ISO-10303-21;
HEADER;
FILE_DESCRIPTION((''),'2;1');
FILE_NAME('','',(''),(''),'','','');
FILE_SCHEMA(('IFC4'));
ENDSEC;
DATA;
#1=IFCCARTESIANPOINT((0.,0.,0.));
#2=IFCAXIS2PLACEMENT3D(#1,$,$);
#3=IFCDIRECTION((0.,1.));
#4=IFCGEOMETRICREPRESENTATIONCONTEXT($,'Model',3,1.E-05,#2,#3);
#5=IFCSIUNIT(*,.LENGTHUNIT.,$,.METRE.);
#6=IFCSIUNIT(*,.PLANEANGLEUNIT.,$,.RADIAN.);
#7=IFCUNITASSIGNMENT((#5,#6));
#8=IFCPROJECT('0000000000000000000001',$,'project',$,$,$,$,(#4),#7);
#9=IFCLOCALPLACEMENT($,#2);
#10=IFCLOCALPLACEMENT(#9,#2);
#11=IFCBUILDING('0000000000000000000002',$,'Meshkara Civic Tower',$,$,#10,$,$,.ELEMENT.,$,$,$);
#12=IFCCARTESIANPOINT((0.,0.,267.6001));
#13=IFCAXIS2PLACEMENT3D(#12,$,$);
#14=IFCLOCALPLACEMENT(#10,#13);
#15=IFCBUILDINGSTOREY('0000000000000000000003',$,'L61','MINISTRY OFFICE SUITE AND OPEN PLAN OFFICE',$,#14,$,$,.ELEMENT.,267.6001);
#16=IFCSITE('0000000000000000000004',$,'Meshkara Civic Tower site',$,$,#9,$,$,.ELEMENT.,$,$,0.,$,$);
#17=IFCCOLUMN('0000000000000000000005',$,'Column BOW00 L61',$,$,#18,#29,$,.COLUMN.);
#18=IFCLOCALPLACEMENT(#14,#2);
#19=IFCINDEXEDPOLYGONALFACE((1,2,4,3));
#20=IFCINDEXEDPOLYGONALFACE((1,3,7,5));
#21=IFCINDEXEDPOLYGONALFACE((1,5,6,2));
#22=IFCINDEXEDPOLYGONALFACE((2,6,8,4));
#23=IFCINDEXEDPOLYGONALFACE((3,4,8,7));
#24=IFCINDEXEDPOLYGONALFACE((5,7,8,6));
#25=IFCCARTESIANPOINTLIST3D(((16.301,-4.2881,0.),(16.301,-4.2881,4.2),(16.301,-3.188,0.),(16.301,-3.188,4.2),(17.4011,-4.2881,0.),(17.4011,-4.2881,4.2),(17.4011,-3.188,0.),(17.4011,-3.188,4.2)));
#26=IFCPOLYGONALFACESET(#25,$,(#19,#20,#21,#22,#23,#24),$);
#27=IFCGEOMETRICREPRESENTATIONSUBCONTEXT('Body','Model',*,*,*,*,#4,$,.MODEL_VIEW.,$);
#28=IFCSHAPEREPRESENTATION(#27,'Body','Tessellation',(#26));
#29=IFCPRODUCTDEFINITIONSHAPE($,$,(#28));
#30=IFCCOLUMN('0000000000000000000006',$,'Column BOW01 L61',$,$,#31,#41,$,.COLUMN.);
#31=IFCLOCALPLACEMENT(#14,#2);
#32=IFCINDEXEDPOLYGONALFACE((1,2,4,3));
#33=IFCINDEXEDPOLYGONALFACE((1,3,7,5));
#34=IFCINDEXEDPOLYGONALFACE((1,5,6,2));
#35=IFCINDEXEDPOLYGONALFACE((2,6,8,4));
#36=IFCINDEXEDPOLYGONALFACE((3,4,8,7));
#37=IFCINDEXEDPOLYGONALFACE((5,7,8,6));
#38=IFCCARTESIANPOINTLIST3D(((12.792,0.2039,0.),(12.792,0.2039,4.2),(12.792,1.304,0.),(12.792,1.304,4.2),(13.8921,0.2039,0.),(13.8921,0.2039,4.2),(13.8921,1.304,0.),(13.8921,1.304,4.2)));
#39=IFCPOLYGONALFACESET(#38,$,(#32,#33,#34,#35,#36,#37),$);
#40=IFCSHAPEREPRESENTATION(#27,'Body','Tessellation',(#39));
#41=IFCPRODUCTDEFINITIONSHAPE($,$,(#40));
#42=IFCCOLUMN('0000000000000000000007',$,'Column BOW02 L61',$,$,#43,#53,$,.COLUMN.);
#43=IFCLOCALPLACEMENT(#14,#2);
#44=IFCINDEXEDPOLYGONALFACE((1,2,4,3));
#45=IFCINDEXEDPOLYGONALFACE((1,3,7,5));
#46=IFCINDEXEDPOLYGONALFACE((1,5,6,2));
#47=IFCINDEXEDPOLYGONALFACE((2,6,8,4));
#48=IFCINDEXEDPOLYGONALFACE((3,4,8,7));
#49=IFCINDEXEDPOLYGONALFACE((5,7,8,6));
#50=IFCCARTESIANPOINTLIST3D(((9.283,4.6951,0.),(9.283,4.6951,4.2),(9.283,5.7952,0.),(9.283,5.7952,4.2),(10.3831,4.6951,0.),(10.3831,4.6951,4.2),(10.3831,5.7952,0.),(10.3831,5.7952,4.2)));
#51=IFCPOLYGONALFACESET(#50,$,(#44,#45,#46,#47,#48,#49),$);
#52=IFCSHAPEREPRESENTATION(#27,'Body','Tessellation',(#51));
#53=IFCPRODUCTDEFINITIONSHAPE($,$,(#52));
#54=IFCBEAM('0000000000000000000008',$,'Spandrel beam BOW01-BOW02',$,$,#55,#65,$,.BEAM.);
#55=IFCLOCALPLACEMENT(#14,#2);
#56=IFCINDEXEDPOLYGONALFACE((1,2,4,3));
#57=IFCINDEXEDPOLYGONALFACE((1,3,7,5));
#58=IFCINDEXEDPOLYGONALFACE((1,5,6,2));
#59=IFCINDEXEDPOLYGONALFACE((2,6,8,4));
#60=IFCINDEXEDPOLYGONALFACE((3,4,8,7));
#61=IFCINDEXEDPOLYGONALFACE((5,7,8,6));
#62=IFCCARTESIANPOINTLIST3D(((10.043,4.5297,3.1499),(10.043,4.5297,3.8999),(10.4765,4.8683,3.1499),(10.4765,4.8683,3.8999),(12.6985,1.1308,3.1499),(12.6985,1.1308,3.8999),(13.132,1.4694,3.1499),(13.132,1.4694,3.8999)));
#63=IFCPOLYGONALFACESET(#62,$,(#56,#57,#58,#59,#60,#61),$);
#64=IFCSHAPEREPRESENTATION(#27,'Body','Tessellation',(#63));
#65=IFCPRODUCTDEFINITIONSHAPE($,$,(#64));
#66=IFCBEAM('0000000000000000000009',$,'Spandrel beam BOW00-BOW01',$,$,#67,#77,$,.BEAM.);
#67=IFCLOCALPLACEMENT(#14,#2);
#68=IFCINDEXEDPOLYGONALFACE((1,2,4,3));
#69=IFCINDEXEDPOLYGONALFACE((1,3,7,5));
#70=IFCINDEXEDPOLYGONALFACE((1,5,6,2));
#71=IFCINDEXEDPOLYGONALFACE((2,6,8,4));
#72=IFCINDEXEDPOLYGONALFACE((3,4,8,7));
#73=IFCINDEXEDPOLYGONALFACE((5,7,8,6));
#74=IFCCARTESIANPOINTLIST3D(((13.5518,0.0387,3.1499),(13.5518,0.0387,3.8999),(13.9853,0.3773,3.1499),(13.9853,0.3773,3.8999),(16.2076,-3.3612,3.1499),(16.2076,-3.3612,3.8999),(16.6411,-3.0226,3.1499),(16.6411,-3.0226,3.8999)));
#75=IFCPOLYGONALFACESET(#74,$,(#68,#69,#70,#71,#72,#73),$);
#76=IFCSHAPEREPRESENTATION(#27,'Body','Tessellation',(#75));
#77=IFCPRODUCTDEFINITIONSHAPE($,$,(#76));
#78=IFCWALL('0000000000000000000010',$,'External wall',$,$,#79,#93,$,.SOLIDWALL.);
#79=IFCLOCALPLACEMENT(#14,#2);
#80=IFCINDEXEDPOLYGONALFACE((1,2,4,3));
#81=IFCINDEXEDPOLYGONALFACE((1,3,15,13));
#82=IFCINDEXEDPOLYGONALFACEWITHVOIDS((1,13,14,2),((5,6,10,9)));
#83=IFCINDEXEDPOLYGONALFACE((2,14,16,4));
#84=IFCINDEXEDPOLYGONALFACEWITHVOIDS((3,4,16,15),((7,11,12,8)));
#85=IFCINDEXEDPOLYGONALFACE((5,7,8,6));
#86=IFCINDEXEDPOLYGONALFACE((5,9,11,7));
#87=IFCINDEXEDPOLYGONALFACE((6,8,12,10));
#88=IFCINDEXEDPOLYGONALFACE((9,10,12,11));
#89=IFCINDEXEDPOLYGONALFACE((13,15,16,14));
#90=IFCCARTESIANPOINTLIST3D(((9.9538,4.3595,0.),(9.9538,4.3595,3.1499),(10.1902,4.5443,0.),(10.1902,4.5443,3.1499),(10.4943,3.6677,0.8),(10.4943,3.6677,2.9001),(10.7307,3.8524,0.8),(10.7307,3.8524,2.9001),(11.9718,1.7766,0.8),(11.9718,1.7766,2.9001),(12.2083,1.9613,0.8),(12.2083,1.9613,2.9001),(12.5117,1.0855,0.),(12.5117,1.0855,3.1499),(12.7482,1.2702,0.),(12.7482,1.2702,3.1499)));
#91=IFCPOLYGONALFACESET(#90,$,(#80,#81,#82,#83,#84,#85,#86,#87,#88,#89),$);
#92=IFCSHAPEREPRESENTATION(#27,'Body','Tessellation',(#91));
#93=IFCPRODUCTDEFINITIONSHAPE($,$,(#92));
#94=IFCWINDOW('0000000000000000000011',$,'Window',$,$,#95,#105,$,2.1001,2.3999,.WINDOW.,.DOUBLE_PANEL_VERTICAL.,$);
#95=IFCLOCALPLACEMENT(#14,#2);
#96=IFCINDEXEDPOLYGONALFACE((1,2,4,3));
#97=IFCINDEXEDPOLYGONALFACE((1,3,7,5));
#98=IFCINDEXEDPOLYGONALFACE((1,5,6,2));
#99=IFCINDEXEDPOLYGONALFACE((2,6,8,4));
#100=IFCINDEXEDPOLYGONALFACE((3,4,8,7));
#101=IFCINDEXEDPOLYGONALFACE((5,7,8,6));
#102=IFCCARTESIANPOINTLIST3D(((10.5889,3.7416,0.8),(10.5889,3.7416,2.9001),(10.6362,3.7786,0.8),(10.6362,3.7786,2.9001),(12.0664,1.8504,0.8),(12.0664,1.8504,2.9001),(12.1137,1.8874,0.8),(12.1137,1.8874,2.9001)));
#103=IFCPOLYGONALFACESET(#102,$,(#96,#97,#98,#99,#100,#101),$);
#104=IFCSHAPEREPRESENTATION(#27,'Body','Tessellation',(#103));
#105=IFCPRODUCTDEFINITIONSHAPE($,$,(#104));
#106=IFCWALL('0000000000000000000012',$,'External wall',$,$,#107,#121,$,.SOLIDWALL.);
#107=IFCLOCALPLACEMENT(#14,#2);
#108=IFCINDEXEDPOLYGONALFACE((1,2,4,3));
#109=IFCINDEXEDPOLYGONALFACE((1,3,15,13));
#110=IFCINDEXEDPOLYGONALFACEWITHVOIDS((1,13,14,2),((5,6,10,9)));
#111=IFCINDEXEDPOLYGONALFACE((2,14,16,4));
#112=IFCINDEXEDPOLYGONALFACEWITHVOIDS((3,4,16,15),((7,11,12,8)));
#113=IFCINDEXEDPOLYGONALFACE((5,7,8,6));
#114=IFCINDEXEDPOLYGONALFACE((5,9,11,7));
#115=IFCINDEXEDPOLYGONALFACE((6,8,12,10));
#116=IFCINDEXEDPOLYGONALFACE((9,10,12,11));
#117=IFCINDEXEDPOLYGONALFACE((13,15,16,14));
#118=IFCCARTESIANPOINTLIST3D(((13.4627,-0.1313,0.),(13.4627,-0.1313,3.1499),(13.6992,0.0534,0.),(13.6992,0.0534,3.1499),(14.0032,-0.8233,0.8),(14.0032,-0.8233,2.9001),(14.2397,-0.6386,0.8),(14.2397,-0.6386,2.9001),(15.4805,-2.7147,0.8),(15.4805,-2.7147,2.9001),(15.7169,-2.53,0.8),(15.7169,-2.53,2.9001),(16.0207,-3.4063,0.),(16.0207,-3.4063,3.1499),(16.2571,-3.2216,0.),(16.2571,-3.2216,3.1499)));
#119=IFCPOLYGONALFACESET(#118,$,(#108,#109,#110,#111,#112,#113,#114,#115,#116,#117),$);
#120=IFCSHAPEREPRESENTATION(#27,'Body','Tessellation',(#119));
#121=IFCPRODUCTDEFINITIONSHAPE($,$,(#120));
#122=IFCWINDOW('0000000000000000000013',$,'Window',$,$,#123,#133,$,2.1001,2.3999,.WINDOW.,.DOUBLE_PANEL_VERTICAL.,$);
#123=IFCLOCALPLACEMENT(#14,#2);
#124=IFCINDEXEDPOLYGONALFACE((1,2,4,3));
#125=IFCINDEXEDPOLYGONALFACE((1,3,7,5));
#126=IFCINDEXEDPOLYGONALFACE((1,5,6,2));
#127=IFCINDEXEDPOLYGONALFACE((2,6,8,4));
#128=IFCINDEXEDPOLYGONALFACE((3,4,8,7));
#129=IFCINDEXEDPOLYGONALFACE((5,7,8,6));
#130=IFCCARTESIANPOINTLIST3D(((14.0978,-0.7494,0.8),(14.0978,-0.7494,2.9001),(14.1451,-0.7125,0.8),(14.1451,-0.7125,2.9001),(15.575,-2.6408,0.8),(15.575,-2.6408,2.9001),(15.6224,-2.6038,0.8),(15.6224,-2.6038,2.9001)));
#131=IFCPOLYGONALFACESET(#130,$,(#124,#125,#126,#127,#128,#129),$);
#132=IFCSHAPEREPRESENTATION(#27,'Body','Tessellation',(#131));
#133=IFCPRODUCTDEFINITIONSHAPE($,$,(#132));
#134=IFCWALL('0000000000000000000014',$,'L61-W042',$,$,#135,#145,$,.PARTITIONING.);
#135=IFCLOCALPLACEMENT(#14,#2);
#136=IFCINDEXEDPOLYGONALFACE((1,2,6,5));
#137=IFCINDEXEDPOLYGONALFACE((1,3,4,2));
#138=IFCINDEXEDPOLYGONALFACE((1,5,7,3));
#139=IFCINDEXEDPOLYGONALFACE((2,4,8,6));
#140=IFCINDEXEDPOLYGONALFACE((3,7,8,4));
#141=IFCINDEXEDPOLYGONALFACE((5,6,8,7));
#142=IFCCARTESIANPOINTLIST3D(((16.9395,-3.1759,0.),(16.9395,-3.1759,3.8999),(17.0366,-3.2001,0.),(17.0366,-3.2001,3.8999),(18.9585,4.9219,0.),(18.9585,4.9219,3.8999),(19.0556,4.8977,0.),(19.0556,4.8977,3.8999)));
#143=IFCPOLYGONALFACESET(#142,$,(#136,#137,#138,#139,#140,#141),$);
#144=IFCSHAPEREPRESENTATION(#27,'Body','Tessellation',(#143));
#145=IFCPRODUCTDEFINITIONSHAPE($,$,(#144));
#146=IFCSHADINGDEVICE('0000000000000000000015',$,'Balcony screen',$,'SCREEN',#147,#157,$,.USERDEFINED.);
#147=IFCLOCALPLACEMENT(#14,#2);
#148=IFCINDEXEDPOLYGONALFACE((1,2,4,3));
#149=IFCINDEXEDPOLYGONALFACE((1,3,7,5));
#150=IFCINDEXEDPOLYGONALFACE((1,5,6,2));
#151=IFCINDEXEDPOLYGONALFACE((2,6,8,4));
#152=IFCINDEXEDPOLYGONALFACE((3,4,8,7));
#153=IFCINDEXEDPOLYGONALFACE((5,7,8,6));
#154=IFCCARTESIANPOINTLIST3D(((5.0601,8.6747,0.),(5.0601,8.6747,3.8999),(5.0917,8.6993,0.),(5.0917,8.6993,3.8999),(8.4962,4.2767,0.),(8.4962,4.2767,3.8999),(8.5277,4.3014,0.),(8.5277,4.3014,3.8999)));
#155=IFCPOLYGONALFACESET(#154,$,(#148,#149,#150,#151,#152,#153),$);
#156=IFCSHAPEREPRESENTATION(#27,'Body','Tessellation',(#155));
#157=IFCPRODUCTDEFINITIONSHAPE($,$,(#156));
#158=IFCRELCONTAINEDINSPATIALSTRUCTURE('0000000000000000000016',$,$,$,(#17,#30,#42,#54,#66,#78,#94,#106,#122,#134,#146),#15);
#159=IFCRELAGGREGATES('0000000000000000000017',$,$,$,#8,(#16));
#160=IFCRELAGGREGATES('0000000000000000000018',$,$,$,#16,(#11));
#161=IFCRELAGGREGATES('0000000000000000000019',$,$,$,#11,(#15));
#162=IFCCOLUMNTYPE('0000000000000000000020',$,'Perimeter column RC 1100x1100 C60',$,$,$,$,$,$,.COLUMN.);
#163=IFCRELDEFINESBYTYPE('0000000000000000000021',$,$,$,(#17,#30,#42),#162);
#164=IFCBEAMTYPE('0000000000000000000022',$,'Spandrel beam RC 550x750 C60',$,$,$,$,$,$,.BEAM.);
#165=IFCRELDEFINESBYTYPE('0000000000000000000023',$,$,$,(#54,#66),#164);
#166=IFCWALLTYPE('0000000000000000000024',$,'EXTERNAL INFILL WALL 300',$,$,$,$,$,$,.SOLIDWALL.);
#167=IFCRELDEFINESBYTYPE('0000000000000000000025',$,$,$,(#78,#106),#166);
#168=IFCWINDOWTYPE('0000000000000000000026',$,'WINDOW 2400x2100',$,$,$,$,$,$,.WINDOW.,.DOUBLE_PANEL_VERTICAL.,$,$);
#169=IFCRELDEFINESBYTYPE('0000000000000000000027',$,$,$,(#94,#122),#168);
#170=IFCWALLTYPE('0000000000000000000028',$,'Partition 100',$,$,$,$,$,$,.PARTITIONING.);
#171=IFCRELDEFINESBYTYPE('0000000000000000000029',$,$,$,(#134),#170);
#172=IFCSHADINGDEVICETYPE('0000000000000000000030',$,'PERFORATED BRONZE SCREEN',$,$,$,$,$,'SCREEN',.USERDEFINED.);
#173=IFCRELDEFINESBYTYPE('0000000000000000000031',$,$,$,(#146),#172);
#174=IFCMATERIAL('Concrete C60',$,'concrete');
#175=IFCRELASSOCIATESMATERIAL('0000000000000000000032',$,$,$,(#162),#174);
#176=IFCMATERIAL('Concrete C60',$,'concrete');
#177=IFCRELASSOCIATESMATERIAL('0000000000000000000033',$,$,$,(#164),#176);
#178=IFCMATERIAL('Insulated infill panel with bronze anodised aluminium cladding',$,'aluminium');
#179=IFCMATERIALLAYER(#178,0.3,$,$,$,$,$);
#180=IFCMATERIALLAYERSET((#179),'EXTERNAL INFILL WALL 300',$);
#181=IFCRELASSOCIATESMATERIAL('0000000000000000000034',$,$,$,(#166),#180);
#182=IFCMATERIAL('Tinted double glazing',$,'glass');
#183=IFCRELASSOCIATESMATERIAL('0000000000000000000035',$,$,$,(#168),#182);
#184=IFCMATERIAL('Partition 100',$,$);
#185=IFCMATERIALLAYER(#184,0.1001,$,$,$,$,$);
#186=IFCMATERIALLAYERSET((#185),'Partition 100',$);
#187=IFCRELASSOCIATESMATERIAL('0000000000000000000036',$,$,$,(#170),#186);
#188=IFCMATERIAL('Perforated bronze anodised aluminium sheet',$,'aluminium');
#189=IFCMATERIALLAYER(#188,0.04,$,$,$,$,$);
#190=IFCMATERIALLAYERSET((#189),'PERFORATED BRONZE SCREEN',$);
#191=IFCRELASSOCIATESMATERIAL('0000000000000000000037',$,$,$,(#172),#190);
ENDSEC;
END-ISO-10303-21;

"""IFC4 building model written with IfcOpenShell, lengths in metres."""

from ifc_helpers import new_model, si_unit, direction, frame, frame_2d, origin, origin_2d, place, context, subcontext, project, spatial, rectangle, extrude, material, layer, layer_set, material_profile, profile_set, type_object, element, fill, save


model = new_model("IFC4")

# Units and contexts
model_context = context("Model", 3, precision=1e-05, world=origin(), true_north=direction((0.0, 1.0)))
body_context = subcontext(model_context, "Body", "Model", "MODEL_VIEW")
ifc_project = project(units=[si_unit("LENGTHUNIT", "METRE"), si_unit("PLANEANGLEUNIT", "RADIAN")], contexts=[model_context])

# Site, building, storey
site_placement = place(None, origin())
site = spatial("IfcSite", under=ifc_project, at=site_placement, Name="Meshkara Civic Tower site", CompositionType="ELEMENT", RefElevation=0.0)
building_placement = place(site_placement, origin())
building = spatial("IfcBuilding", under=site, at=building_placement, Name="Meshkara Civic Tower", CompositionType="ELEMENT")
storey_placement = place(building_placement, frame((0.0, 0.0, 267.6001)))
storey = spatial("IfcBuildingStorey", under=building, at=storey_placement, Name="L61", Description="MINISTRY OFFICE SUITE AND OPEN PLAN OFFICE", CompositionType="ELEMENT", Elevation=267.6001)

# Columns
ifc_material_1 = material(Name="Concrete C60", Category="concrete")
ifc_material_profile_1 = material_profile(ifc_material_1, rectangle(XDim=1.1001, YDim=1.1001, at=origin_2d()))
ifc_profile_set_1 = profile_set([ifc_material_profile_1], Name="Concrete C60")
column_type = type_object("IfcColumnType", Name="Perimeter column RC 1100x1100 C60", PredefinedType="COLUMN", material=ifc_profile_set_1)
for number, where, z_axis, x_axis, name in (
    (1, (16.8511, -3.738, 0.0), (0.0, 0.0, 1.0), (1.0, 0.0, 0.0), "Column BOW00 L61"),
    (2, (13.342, 0.7539, 0.0), (0.0, 0.0, 1.0), (1.0, 0.0, 0.0), "Column BOW01 L61"),
    (3, (9.833, 5.2451, 0.0), (0.0, 0.0, 1.0), (1.0, 0.0, 0.0), "Column BOW02 L61"),
):
    element("IfcColumn", number, at=place(storey_placement, frame(where, z_axis=z_axis, x_axis=x_axis)), inside=storey, type_object=column_type, Name=name, PredefinedType="COLUMN", context=body_context, shape_type="SweptSolid", body=[
        extrude(rectangle(XDim=1.1001, YDim=1.1001, at=origin_2d()), origin(), (0.0, 0.0, 1.0), 4.2),
    ])

# Beams
ifc_material_2 = material(Name="Concrete C60", Category="concrete")
ifc_material_profile_2 = material_profile(ifc_material_2, rectangle(XDim=0.55, YDim=0.75, at=origin_2d()))
ifc_profile_set_2 = profile_set([ifc_material_profile_2], Name="Concrete C60")
beam_type = type_object("IfcBeamType", Name="Spandrel beam RC 550x750 C60", PredefinedType="BEAM", material=ifc_profile_set_2)
beam_1_placement = place(storey_placement, frame((10.2598, 4.699, 3.5249), z_axis=(0.615659, -0.788012, 0.0), x_axis=(0.788012, 0.615659, 0.0)))
element("IfcBeam", 4, at=beam_1_placement, inside=storey, type_object=beam_type, Name="Spandrel beam BOW01-BOW02", PredefinedType="BEAM", context=body_context, shape_type="SweptSolid", body=[
    extrude(rectangle(XDim=0.55, YDim=0.75, at=origin_2d()), origin(), (0.0, 0.0, 1.0), 4.3132),
])
beam_2_placement = place(storey_placement, frame((13.7686, 0.208, 3.5249), z_axis=(0.615585, -0.788071, 0.0), x_axis=(0.788071, 0.615585, 0.0)))
element("IfcBeam", 5, at=beam_2_placement, inside=storey, type_object=beam_type, Name="Spandrel beam BOW00-BOW01", PredefinedType="BEAM", context=body_context, shape_type="SweptSolid", body=[
    extrude(rectangle(XDim=0.55, YDim=0.75, at=origin_2d()), origin(), (0.0, 0.0, 1.0), 4.3142),
])

# Walls, openings, windows
ifc_material_3 = material(Name="Insulated infill panel with bronze anodised aluminium cladding", Category="aluminium")
ifc_layer_1 = layer(ifc_material_3, 0.3)
ifc_layer_set_1 = layer_set([ifc_layer_1], Name="EXTERNAL INFILL WALL 300")
wall_type_1 = type_object("IfcWallType", Name="EXTERNAL INFILL WALL 300", PredefinedType="SOLIDWALL", material=ifc_layer_set_1)
wall_1_placement = place(storey_placement, frame((10.072, 4.4519, 0.0), z_axis=(0.0, 0.0, 1.0), x_axis=(0.61566, -0.788012, 0.0)))
wall_1 = element("IfcWall", 6, at=wall_1_placement, inside=storey, type_object=wall_type_1, Name="External wall", PredefinedType="SOLIDWALL", context=body_context, shape_type="SweptSolid", body=[
    extrude(rectangle(XDim=4.1548, YDim=0.3, at=frame_2d((2.0774, 0.0))), origin(), (0.0, 0.0, 1.0), 3.1499),
])
opening_1_placement = place(wall_1_placement, frame((0.8779, 0.0, 0.8)))
opening_1 = element("IfcOpeningElement", 7, at=opening_1_placement, cuts=wall_1, PredefinedType="OPENING", context=body_context, shape_type="SweptSolid", body=[
    extrude(rectangle(XDim=2.3999, YDim=2.1001, at=frame_2d((1.2, 1.05))), frame((0.0, 0.1599, 0.0), z_axis=(0.0, -1.0, 0.0), x_axis=(1.0, 0.0, 0.0)), (0.0, 0.0, 1.0), 0.3201),
])
ifc_material_4 = material(Name="Tinted double glazing", Category="glass")
window_type = type_object("IfcWindowType", Name="WINDOW 2400x2100", PartitioningType="DOUBLE_PANEL_VERTICAL", PredefinedType="WINDOW", material=ifc_material_4)
window_1_placement = place(opening_1_placement, origin())
window_1 = element("IfcWindow", 8, at=window_1_placement, inside=storey, type_object=window_type, Name="Window", OverallHeight=2.1001, OverallWidth=2.3999, PartitioningType="DOUBLE_PANEL_VERTICAL", PredefinedType="WINDOW", context=body_context, shape_type="SweptSolid", body=[
    extrude(rectangle(XDim=2.3999, YDim=2.1001, at=frame_2d((1.2, 1.05))), frame((0.0, 0.03, 0.0), z_axis=(0.0, -1.0, 0.0), x_axis=(1.0, 0.0, 0.0)), (0.0, 0.0, 1.0), 0.0601),
])
fill(opening_1, window_1)
wall_2_placement = place(storey_placement, frame((13.5811, -0.0391, 0.0), z_axis=(0.0, 0.0, 1.0), x_axis=(0.615546, -0.788101, 0.0)))
wall_2 = element("IfcWall", 9, at=wall_2_placement, inside=storey, type_object=wall_type_1, Name="External wall", PredefinedType="SOLIDWALL", context=body_context, shape_type="SweptSolid", body=[
    extrude(rectangle(XDim=4.1555, YDim=0.3, at=frame_2d((2.0776, 0.0))), origin(), (0.0, 0.0, 1.0), 3.1499),
])
opening_2_placement = place(wall_2_placement, frame((0.8779, 0.0, 0.8)))
opening_2 = element("IfcOpeningElement", 10, at=opening_2_placement, cuts=wall_2, PredefinedType="OPENING", context=body_context, shape_type="SweptSolid", body=[
    extrude(rectangle(XDim=2.3999, YDim=2.1001, at=frame_2d((1.2, 1.05))), frame((0.0, 0.1599, 0.0), z_axis=(0.0, -1.0, 0.0), x_axis=(1.0, 0.0, 0.0)), (0.0, 0.0, 1.0), 0.3201),
])
window_2_placement = place(opening_2_placement, origin())
window_2 = element("IfcWindow", 11, at=window_2_placement, inside=storey, type_object=window_type, Name="Window", OverallHeight=2.1001, OverallWidth=2.3999, PartitioningType="DOUBLE_PANEL_VERTICAL", PredefinedType="WINDOW", context=body_context, shape_type="SweptSolid", body=[
    extrude(rectangle(XDim=2.3999, YDim=2.1001, at=frame_2d((1.2, 1.05))), frame((0.0, 0.03, 0.0), z_axis=(0.0, -1.0, 0.0), x_axis=(1.0, 0.0, 0.0)), (0.0, 0.0, 1.0), 0.0601),
])
fill(opening_2, window_2)

# Wall
ifc_material_5 = material(Name="Partition 100")
ifc_layer_2 = layer(ifc_material_5, 0.1001)
ifc_layer_set_2 = layer_set([ifc_layer_2], Name="Partition 100")
wall_type_2 = type_object("IfcWallType", Name="Partition 100", PredefinedType="PARTITIONING", material=ifc_layer_set_2)
wall_3_placement = place(storey_placement, frame((16.988, -3.188, 0.0), z_axis=(0.0, 0.0, 1.0), x_axis=(0.241923, 0.970295, 0.0)))
element("IfcWall", 12, at=wall_3_placement, inside=storey, type_object=wall_type_2, Name="L61-W042", PredefinedType="PARTITIONING", context=body_context, shape_type="SweptSolid", body=[
    extrude(rectangle(XDim=8.3457, YDim=0.1001, at=frame_2d((4.1729, 0.0))), origin(), (0.0, 0.0, 1.0), 3.8999),
])

# Shading device
ifc_material_6 = material(Name="Perforated bronze anodised aluminium sheet", Category="aluminium")
ifc_layer_3 = layer(ifc_material_6, 0.04)
ifc_layer_set_3 = layer_set([ifc_layer_3], Name="PERFORATED BRONZE SCREEN")
shading_device_type = type_object("IfcShadingDeviceType", Name="PERFORATED BRONZE SCREEN", ElementType="SCREEN", PredefinedType="USERDEFINED", material=ifc_layer_set_3)
shading_device_placement = place(storey_placement, frame((6.7939, 6.488, 0.0), z_axis=(0.0, 0.0, 1.0), x_axis=(0.615661, -0.788011, 0.0)))
element("IfcShadingDevice", 13, at=shading_device_placement, inside=storey, type_object=shading_device_type, Name="Balcony screen", ObjectType="SCREEN", PredefinedType="USERDEFINED", context=body_context, shape_type="SweptSolid", body=[
    extrude(rectangle(XDim=5.5811, YDim=0.04, at=origin_2d()), origin(), (0.0, 0.0, 1.0), 3.8999),
])

save(model, "model.ifc")
